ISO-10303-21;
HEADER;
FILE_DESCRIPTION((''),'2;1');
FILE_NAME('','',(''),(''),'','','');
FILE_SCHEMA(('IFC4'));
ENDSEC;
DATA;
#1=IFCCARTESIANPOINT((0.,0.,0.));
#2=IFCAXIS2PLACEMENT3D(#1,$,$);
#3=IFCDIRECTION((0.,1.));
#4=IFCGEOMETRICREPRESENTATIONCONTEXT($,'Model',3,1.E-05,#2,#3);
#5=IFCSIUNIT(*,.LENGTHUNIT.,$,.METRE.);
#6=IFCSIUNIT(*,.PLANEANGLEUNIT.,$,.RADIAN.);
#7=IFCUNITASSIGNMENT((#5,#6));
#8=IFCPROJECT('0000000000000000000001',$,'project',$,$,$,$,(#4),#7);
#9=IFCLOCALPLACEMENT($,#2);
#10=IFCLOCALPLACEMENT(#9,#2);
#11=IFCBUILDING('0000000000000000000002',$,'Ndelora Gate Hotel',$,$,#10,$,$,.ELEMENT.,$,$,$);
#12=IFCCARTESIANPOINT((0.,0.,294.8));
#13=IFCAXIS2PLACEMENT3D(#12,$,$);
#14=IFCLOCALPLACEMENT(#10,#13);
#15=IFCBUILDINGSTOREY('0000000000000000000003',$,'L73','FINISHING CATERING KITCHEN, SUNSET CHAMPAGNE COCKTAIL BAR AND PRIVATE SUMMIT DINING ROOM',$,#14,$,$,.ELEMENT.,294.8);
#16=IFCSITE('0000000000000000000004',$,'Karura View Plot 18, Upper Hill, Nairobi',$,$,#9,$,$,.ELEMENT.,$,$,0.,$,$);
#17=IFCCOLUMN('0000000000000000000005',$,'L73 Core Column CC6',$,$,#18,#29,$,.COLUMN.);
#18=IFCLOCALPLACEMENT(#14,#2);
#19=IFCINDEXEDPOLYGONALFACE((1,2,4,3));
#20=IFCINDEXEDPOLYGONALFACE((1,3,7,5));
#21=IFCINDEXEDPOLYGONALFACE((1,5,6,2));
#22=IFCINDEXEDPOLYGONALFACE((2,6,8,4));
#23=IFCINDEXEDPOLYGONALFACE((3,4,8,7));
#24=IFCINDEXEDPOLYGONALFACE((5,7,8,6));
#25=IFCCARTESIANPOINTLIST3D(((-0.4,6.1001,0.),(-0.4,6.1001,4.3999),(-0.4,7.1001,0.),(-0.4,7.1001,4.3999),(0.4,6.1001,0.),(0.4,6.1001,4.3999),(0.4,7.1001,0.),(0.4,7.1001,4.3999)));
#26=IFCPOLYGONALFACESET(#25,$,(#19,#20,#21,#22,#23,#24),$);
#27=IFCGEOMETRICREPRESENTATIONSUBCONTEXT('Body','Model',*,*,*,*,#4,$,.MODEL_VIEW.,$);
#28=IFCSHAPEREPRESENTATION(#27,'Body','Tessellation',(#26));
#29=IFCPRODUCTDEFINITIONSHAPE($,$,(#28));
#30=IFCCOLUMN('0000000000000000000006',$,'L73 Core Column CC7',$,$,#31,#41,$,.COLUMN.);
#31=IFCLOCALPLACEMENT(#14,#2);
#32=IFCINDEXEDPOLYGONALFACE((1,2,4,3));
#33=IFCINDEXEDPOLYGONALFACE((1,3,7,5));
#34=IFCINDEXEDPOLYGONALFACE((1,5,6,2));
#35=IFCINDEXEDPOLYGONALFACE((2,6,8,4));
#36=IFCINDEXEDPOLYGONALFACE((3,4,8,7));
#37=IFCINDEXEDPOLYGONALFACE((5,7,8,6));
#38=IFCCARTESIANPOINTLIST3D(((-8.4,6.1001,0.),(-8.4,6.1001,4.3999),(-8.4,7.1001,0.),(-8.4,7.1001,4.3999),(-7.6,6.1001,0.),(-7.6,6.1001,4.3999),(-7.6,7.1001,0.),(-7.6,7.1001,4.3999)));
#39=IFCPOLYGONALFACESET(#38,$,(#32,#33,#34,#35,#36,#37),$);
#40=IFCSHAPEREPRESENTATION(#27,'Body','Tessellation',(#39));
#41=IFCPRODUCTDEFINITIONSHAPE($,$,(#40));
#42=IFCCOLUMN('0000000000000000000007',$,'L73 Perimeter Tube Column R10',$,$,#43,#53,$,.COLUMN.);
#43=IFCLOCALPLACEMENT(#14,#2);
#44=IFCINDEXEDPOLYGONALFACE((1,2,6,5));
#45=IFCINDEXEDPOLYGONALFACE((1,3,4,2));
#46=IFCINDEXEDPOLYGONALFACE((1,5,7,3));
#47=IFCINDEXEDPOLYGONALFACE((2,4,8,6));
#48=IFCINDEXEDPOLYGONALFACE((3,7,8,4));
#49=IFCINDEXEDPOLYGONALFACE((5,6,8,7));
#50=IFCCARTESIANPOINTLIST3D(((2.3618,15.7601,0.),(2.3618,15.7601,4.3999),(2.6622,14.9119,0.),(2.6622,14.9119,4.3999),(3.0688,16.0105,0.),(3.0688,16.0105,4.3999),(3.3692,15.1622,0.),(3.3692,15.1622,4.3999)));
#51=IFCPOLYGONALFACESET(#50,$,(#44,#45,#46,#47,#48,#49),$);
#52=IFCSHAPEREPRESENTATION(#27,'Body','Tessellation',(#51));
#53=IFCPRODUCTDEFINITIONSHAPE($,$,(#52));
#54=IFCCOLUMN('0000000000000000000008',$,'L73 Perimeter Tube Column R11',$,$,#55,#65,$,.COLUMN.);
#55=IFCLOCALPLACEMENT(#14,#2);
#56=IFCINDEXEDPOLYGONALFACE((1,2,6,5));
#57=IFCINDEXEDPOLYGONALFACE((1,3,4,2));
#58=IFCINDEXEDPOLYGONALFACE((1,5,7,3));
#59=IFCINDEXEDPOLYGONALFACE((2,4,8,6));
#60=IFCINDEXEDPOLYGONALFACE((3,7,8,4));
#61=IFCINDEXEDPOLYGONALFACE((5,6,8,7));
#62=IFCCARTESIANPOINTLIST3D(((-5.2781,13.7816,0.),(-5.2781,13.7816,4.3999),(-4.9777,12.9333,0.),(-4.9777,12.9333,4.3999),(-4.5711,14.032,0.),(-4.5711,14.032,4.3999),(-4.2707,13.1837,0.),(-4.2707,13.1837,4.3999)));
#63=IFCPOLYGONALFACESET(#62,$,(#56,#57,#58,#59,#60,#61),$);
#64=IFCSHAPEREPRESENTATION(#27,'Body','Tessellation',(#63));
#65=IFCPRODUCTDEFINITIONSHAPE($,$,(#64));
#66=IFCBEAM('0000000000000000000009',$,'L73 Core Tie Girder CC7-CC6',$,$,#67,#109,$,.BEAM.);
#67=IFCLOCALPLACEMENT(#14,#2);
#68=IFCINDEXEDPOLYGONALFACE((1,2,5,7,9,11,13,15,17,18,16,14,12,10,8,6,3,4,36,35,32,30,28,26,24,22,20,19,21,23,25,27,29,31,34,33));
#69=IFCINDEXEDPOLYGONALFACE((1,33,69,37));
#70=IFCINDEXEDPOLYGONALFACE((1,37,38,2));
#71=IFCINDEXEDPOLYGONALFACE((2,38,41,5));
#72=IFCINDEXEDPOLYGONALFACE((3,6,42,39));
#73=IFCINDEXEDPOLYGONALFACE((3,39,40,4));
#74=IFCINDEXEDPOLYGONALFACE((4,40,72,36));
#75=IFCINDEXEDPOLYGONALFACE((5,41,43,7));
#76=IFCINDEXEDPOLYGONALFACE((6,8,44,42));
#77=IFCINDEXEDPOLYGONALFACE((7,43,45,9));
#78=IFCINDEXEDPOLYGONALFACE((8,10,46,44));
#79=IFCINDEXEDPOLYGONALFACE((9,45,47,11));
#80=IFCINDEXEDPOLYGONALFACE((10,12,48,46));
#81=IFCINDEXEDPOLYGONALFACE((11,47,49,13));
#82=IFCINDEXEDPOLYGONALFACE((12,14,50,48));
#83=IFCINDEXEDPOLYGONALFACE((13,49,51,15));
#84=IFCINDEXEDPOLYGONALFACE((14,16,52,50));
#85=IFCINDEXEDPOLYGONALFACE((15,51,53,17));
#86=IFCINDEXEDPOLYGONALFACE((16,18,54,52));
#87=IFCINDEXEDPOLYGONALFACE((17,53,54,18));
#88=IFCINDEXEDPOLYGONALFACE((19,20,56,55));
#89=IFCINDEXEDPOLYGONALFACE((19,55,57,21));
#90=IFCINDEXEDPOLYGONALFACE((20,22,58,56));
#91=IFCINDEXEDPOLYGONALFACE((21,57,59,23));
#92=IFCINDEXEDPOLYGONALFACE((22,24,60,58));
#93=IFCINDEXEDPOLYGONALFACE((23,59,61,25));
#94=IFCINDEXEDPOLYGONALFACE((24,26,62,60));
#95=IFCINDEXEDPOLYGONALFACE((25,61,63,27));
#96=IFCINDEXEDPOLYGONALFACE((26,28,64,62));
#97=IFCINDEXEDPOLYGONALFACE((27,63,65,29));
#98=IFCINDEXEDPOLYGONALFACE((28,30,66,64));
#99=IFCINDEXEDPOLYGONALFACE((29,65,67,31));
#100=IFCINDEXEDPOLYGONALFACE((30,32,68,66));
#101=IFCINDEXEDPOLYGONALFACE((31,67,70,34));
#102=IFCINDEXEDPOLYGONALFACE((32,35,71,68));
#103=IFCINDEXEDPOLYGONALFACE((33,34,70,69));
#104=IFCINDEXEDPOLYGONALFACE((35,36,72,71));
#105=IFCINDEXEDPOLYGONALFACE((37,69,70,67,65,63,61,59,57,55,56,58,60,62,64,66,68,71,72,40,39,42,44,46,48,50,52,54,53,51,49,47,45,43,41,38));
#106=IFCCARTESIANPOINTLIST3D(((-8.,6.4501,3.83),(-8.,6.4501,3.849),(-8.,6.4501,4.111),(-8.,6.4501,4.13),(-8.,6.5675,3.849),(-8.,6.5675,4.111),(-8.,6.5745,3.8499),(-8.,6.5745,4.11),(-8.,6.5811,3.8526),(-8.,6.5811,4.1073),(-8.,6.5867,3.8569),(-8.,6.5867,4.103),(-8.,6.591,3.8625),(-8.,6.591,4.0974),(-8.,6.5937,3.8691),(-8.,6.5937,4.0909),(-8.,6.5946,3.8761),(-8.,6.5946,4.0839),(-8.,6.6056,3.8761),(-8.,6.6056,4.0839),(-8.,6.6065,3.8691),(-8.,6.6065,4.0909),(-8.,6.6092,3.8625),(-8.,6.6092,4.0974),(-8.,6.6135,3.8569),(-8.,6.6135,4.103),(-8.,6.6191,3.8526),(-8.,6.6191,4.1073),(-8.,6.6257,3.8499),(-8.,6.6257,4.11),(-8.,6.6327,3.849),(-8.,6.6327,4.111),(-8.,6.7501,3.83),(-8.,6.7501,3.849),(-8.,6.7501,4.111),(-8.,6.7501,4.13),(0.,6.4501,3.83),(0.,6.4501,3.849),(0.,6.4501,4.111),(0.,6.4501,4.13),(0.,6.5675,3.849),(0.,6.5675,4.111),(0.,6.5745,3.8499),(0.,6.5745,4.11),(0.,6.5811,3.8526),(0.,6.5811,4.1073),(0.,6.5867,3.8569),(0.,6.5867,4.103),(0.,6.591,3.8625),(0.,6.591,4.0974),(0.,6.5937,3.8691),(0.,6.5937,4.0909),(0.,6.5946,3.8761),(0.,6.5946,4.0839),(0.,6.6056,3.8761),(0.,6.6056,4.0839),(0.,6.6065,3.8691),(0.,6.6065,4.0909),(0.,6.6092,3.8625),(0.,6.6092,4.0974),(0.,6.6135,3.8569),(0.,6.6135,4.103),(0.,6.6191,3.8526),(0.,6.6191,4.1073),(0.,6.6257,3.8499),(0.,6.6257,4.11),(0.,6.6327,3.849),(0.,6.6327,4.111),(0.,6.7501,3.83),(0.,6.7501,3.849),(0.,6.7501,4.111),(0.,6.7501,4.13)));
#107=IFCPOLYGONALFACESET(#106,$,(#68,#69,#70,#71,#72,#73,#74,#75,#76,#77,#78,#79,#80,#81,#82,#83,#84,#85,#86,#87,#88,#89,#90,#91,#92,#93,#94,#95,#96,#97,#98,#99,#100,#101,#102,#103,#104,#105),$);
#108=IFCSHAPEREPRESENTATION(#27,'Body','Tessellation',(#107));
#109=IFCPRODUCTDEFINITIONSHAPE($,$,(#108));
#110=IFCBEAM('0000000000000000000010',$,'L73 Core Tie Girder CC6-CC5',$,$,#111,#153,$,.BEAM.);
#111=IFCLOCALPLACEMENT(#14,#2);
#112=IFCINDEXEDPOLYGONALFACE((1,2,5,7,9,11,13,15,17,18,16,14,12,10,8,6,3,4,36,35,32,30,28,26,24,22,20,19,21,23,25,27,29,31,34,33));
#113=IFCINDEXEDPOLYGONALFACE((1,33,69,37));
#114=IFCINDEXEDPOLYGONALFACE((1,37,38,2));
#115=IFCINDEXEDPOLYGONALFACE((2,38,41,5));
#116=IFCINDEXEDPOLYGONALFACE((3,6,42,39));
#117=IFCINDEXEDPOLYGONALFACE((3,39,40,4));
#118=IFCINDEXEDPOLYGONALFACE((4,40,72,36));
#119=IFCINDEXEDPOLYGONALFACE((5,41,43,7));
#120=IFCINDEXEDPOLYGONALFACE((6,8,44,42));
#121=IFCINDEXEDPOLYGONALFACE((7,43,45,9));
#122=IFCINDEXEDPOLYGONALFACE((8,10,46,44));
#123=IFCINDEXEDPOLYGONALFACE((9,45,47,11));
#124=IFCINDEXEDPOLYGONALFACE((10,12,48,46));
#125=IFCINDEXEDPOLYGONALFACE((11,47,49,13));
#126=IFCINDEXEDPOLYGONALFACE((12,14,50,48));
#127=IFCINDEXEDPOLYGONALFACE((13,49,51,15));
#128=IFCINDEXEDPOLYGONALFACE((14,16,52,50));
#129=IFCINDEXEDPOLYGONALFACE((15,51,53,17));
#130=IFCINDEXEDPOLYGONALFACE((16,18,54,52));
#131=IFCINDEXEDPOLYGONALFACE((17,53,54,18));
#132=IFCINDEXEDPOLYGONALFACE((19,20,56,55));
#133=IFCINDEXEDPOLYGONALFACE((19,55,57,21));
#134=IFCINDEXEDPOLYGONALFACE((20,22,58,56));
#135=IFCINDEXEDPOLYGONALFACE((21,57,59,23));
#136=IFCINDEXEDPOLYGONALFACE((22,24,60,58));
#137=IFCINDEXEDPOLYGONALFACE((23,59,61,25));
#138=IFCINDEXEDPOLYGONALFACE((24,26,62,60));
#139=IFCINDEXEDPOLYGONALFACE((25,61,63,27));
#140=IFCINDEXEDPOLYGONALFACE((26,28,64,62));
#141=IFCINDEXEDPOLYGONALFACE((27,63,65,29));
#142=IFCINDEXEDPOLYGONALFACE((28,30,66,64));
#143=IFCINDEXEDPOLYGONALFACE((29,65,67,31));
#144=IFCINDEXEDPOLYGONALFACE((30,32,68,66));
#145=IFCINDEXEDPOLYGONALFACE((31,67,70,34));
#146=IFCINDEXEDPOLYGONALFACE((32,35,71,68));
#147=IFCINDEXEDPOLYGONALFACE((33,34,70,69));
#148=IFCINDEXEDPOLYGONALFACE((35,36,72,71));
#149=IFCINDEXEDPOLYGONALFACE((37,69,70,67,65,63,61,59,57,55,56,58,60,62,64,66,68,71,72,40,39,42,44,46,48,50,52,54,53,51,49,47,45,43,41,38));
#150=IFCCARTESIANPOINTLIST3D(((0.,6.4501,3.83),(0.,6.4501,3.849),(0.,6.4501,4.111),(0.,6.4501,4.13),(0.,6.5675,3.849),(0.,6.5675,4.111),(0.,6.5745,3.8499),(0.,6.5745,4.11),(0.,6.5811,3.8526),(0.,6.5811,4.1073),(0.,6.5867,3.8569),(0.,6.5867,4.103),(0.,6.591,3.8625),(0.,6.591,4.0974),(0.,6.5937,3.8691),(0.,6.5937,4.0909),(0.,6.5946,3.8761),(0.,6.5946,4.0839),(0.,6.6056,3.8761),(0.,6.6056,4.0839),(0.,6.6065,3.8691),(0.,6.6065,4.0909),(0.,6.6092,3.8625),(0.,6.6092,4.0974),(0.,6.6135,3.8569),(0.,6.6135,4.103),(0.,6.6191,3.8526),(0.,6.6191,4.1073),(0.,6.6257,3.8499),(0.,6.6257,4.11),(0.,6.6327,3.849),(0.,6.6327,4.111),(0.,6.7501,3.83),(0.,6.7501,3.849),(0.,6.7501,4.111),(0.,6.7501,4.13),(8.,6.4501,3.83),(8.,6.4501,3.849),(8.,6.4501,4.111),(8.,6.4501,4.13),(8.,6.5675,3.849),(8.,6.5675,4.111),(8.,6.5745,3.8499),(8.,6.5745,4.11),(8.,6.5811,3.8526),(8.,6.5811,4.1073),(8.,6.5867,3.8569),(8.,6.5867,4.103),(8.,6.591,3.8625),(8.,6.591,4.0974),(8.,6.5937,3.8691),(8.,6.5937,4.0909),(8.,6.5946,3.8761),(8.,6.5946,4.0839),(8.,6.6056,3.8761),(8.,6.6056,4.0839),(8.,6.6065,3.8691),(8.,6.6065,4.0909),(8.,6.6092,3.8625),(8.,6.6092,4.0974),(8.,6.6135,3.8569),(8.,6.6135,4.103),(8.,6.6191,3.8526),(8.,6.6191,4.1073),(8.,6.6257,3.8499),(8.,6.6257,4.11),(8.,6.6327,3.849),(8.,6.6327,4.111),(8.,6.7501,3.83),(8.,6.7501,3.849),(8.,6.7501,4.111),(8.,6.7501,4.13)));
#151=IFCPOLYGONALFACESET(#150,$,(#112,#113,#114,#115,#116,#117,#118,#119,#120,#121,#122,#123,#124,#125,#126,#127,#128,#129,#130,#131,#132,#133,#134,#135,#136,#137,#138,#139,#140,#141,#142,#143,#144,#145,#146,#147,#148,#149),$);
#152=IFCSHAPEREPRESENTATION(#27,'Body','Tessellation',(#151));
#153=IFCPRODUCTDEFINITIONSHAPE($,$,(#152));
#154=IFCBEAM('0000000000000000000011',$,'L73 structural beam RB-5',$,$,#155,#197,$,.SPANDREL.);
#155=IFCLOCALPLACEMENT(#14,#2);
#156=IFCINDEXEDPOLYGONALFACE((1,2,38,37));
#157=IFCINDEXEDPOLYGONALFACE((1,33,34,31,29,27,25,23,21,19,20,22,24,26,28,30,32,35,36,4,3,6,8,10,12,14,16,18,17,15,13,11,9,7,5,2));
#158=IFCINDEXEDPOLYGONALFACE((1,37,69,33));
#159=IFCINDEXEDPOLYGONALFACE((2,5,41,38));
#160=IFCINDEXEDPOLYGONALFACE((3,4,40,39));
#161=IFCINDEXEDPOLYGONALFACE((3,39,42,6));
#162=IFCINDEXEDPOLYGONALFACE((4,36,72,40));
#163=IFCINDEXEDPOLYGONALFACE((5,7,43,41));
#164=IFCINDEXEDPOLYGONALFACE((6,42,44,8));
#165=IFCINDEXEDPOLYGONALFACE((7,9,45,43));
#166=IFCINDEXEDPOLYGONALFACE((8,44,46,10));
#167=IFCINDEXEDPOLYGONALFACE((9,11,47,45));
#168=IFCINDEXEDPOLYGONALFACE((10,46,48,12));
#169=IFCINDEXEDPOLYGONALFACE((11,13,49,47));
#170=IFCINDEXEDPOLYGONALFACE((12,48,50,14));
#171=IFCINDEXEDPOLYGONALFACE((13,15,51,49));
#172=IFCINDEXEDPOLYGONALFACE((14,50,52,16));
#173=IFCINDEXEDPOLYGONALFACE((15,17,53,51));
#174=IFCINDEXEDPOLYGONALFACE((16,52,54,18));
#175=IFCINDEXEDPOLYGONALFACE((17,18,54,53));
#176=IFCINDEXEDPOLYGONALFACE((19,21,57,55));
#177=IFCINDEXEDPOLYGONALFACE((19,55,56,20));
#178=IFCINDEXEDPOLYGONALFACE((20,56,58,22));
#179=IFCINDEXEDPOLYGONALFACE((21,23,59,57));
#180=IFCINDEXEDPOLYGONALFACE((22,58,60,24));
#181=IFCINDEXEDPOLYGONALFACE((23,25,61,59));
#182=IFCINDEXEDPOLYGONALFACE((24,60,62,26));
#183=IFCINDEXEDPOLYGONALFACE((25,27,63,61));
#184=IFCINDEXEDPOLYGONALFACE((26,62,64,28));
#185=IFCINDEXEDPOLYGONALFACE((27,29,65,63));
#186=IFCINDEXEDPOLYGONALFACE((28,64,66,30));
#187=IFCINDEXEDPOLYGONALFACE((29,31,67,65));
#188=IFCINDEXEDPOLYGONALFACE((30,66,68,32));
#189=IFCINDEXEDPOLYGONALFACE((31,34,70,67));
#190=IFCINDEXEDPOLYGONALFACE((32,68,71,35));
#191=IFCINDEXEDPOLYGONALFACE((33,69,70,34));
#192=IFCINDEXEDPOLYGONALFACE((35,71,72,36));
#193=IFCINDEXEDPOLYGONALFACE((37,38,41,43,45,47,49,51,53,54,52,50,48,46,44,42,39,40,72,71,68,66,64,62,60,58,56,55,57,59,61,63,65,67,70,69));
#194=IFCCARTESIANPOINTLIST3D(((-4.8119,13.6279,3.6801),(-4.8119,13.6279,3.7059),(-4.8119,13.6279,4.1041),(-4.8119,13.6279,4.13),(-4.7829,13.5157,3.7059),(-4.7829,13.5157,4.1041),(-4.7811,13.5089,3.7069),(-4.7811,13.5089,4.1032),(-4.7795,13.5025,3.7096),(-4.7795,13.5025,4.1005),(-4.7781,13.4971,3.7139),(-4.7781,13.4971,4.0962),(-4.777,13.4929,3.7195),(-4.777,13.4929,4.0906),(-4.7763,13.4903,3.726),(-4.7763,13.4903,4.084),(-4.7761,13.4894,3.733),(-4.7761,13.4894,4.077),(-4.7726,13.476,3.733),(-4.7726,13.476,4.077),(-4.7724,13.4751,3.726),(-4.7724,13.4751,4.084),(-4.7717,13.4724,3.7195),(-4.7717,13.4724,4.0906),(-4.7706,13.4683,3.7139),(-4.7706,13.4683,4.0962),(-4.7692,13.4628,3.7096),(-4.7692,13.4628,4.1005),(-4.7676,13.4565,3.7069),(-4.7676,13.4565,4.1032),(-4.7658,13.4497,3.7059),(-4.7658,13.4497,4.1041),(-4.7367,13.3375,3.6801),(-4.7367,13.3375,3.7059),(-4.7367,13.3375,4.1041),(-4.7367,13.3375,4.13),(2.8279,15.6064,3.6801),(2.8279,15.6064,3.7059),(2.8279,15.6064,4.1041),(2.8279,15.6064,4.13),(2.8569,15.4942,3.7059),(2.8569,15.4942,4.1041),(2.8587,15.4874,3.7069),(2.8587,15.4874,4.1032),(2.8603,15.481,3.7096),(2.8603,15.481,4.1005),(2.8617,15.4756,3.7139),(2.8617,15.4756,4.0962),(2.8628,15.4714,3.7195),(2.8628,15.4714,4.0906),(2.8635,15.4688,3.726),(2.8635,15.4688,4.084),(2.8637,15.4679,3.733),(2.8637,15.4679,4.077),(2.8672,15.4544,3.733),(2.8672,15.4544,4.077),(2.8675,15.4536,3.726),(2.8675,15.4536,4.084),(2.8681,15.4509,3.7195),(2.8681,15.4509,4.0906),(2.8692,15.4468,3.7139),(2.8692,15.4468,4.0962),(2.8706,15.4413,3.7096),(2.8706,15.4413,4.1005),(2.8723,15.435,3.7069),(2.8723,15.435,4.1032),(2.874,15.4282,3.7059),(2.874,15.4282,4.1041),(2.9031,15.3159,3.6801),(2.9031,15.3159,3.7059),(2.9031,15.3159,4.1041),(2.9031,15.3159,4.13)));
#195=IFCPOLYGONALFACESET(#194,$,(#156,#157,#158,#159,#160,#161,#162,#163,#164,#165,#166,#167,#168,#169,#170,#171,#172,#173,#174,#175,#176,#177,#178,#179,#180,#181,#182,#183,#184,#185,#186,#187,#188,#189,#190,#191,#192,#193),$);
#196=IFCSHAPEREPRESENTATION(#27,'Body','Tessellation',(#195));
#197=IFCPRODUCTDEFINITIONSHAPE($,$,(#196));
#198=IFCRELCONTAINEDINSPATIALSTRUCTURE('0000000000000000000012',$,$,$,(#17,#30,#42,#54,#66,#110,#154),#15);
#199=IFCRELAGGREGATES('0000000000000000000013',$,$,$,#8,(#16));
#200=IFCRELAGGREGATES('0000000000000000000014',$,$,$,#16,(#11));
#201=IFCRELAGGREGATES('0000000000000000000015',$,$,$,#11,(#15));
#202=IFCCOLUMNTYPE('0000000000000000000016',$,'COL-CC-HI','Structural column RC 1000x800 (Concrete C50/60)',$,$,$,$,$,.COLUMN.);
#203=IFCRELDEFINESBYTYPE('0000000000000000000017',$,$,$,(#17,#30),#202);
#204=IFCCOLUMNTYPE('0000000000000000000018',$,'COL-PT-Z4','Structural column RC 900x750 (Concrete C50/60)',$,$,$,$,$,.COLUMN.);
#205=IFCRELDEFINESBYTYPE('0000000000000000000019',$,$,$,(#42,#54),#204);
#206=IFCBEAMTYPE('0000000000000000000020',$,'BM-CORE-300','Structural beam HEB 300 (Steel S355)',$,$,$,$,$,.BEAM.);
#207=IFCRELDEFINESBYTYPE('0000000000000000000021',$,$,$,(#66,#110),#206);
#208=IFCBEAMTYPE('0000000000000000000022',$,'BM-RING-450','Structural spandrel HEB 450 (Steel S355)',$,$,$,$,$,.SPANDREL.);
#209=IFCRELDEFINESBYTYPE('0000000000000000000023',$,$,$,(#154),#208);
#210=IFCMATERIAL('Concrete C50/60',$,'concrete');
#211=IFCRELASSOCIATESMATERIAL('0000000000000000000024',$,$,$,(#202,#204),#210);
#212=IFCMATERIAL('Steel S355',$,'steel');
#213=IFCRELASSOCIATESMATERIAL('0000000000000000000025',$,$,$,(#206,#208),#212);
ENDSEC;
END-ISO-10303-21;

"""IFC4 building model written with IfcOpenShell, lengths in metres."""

from ifc_helpers import new_model, si_unit, direction, frame, origin, origin_2d, place, context, subcontext, project, spatial, rectangle, i_section, extrude, material, material_profile, profile_set, type_object, element, save


model = new_model("IFC4")

# Units and contexts
model_context = context("Model", 3, precision=1e-05, world=origin(), true_north=direction((0.0, 1.0)))
body_context = subcontext(model_context, "Body", "Model", "MODEL_VIEW")
ifc_project = project(units=[si_unit("LENGTHUNIT", "METRE"), si_unit("PLANEANGLEUNIT", "RADIAN")], contexts=[model_context])

# Site, building, storey
site_placement = place(None, origin())
site = spatial("IfcSite", under=ifc_project, at=site_placement, Name="Karura View Plot 18, Upper Hill, Nairobi", CompositionType="ELEMENT", RefElevation=0.0)
building_placement = place(site_placement, origin())
building = spatial("IfcBuilding", under=site, at=building_placement, Name="Ndelora Gate Hotel", CompositionType="ELEMENT")
storey_placement = place(building_placement, frame((0.0, 0.0, 294.8)))
storey = spatial("IfcBuildingStorey", under=building, at=storey_placement, Name="L73", Description="FINISHING CATERING KITCHEN, SUNSET CHAMPAGNE COCKTAIL BAR AND PRIVATE SUMMIT DINING ROOM", CompositionType="ELEMENT", Elevation=294.8)

# Columns
ifc_material_1 = material(Name="Concrete C50/60", Category="concrete")
ifc_material_profile_1 = material_profile(ifc_material_1, rectangle(XDim=0.8, YDim=1.0, at=origin_2d()), Name="RC 1000x800")
ifc_profile_set_1 = profile_set([ifc_material_profile_1], Name="Concrete C50/60")
column_type_1 = type_object("IfcColumnType", Name="COL-CC-HI", Description="Structural column RC 1000x800 (Concrete C50/60)", PredefinedType="COLUMN", material=ifc_profile_set_1)
for number, where, z_axis, x_axis, name in (
    (1, (0.0, 6.6001, 0.0), (0.0, 0.0, 1.0), (1.0, 0.0, 0.0), "L73 Core Column CC6"),
    (2, (-8.0, 6.6001, 0.0), (0.0, 0.0, 1.0), (1.0, 0.0, 0.0), "L73 Core Column CC7"),
):
    element("IfcColumn", number, at=place(storey_placement, frame(where, z_axis=z_axis, x_axis=x_axis)), inside=storey, type_object=column_type_1, Name=name, PredefinedType="COLUMN", context=body_context, shape_type="SweptSolid", body=[
        extrude(rectangle(XDim=0.8, YDim=1.0, at=origin_2d()), origin(), (0.0, 0.0, 1.0), 4.3999),
    ])
ifc_material_profile_2 = material_profile(ifc_material_1, rectangle(XDim=0.75, YDim=0.8999, at=origin_2d()), Name="RC 900x750")
ifc_profile_set_2 = profile_set([ifc_material_profile_2], Name="Concrete C50/60")
column_type_2 = type_object("IfcColumnType", Name="COL-PT-Z4", Description="Structural column RC 900x750 (Concrete C50/60)", PredefinedType="COLUMN", material=ifc_profile_set_2)
for number, where, z_axis, x_axis, name in (
    (3, (2.8655, 15.4612, 0.0), (0.0, 0.0, 1.0), (0.942641, 0.333807, 0.0), "L73 Perimeter Tube Column R10"),
    (4, (-4.7744, 13.4827, 0.0), (0.0, 0.0, 1.0), (0.942641, 0.333807, 0.0), "L73 Perimeter Tube Column R11"),
):
    element("IfcColumn", number, at=place(storey_placement, frame(where, z_axis=z_axis, x_axis=x_axis)), inside=storey, type_object=column_type_2, Name=name, PredefinedType="COLUMN", context=body_context, shape_type="SweptSolid", body=[
        extrude(rectangle(XDim=0.75, YDim=0.8999, at=origin_2d()), origin(), (0.0, 0.0, 1.0), 4.3999),
    ])

# Beams
ifc_material_2 = material(Name="Steel S355", Category="steel")
ifc_material_profile_3 = material_profile(ifc_material_2, i_section(OverallWidth=0.3, OverallDepth=0.3, WebThickness=0.011, FlangeThickness=0.019, FilletRadius=0.0271, at=origin_2d()), Name="HEB 300")
ifc_profile_set_3 = profile_set([ifc_material_profile_3], Name="Steel S355")
beam_type_1 = type_object("IfcBeamType", Name="BM-CORE-300", Description="Structural beam HEB 300 (Steel S355)", PredefinedType="BEAM", material=ifc_profile_set_3)
for number, where, z_axis, x_axis, name in (
    (5, (-8.0, 6.6001, 3.98), (1.0, 0.0, 0.0), (0.0, 1.0, 0.0), "L73 Core Tie Girder CC7-CC6"),
    (6, (0.0, 6.6001, 3.98), (1.0, 0.0, 0.0), (0.0, 1.0, 0.0), "L73 Core Tie Girder CC6-CC5"),
):
    element("IfcBeam", number, at=place(storey_placement, frame(where, z_axis=z_axis, x_axis=x_axis)), inside=storey, type_object=beam_type_1, Name=name, PredefinedType="BEAM", context=body_context, shape_type="SweptSolid", body=[
        extrude(i_section(OverallWidth=0.3, OverallDepth=0.3, WebThickness=0.011, FlangeThickness=0.019, FilletRadius=0.0271, at=origin_2d()), origin(), (0.0, 0.0, 1.0), 8.0),
    ])
ifc_material_profile_4 = material_profile(ifc_material_2, i_section(OverallWidth=0.3, OverallDepth=0.45, WebThickness=0.0139, FlangeThickness=0.0259, FilletRadius=0.0271, at=origin_2d()), Name="HEB 450")
ifc_profile_set_4 = profile_set([ifc_material_profile_4], Name="Steel S355")
beam_type_2 = type_object("IfcBeamType", Name="BM-RING-450", Description="Structural spandrel HEB 450 (Steel S355)", PredefinedType="SPANDREL", material=ifc_profile_set_4)
beam_1_placement = place(storey_placement, frame((2.8655, 15.4612, 3.905), z_axis=(-0.968064, -0.250701, 0.0), x_axis=(0.250701, -0.968064, 0.0)))
element("IfcBeam", 7, at=beam_1_placement, inside=storey, type_object=beam_type_2, Name="L73 structural beam RB-5", PredefinedType="SPANDREL", context=body_context, shape_type="SweptSolid", body=[
    extrude(i_section(OverallWidth=0.3, OverallDepth=0.45, WebThickness=0.0139, FlangeThickness=0.0259, FilletRadius=0.0271, at=origin_2d()), origin(), (0.0, 0.0, 1.0), 7.8918),
])

save(model, "model.ifc")
